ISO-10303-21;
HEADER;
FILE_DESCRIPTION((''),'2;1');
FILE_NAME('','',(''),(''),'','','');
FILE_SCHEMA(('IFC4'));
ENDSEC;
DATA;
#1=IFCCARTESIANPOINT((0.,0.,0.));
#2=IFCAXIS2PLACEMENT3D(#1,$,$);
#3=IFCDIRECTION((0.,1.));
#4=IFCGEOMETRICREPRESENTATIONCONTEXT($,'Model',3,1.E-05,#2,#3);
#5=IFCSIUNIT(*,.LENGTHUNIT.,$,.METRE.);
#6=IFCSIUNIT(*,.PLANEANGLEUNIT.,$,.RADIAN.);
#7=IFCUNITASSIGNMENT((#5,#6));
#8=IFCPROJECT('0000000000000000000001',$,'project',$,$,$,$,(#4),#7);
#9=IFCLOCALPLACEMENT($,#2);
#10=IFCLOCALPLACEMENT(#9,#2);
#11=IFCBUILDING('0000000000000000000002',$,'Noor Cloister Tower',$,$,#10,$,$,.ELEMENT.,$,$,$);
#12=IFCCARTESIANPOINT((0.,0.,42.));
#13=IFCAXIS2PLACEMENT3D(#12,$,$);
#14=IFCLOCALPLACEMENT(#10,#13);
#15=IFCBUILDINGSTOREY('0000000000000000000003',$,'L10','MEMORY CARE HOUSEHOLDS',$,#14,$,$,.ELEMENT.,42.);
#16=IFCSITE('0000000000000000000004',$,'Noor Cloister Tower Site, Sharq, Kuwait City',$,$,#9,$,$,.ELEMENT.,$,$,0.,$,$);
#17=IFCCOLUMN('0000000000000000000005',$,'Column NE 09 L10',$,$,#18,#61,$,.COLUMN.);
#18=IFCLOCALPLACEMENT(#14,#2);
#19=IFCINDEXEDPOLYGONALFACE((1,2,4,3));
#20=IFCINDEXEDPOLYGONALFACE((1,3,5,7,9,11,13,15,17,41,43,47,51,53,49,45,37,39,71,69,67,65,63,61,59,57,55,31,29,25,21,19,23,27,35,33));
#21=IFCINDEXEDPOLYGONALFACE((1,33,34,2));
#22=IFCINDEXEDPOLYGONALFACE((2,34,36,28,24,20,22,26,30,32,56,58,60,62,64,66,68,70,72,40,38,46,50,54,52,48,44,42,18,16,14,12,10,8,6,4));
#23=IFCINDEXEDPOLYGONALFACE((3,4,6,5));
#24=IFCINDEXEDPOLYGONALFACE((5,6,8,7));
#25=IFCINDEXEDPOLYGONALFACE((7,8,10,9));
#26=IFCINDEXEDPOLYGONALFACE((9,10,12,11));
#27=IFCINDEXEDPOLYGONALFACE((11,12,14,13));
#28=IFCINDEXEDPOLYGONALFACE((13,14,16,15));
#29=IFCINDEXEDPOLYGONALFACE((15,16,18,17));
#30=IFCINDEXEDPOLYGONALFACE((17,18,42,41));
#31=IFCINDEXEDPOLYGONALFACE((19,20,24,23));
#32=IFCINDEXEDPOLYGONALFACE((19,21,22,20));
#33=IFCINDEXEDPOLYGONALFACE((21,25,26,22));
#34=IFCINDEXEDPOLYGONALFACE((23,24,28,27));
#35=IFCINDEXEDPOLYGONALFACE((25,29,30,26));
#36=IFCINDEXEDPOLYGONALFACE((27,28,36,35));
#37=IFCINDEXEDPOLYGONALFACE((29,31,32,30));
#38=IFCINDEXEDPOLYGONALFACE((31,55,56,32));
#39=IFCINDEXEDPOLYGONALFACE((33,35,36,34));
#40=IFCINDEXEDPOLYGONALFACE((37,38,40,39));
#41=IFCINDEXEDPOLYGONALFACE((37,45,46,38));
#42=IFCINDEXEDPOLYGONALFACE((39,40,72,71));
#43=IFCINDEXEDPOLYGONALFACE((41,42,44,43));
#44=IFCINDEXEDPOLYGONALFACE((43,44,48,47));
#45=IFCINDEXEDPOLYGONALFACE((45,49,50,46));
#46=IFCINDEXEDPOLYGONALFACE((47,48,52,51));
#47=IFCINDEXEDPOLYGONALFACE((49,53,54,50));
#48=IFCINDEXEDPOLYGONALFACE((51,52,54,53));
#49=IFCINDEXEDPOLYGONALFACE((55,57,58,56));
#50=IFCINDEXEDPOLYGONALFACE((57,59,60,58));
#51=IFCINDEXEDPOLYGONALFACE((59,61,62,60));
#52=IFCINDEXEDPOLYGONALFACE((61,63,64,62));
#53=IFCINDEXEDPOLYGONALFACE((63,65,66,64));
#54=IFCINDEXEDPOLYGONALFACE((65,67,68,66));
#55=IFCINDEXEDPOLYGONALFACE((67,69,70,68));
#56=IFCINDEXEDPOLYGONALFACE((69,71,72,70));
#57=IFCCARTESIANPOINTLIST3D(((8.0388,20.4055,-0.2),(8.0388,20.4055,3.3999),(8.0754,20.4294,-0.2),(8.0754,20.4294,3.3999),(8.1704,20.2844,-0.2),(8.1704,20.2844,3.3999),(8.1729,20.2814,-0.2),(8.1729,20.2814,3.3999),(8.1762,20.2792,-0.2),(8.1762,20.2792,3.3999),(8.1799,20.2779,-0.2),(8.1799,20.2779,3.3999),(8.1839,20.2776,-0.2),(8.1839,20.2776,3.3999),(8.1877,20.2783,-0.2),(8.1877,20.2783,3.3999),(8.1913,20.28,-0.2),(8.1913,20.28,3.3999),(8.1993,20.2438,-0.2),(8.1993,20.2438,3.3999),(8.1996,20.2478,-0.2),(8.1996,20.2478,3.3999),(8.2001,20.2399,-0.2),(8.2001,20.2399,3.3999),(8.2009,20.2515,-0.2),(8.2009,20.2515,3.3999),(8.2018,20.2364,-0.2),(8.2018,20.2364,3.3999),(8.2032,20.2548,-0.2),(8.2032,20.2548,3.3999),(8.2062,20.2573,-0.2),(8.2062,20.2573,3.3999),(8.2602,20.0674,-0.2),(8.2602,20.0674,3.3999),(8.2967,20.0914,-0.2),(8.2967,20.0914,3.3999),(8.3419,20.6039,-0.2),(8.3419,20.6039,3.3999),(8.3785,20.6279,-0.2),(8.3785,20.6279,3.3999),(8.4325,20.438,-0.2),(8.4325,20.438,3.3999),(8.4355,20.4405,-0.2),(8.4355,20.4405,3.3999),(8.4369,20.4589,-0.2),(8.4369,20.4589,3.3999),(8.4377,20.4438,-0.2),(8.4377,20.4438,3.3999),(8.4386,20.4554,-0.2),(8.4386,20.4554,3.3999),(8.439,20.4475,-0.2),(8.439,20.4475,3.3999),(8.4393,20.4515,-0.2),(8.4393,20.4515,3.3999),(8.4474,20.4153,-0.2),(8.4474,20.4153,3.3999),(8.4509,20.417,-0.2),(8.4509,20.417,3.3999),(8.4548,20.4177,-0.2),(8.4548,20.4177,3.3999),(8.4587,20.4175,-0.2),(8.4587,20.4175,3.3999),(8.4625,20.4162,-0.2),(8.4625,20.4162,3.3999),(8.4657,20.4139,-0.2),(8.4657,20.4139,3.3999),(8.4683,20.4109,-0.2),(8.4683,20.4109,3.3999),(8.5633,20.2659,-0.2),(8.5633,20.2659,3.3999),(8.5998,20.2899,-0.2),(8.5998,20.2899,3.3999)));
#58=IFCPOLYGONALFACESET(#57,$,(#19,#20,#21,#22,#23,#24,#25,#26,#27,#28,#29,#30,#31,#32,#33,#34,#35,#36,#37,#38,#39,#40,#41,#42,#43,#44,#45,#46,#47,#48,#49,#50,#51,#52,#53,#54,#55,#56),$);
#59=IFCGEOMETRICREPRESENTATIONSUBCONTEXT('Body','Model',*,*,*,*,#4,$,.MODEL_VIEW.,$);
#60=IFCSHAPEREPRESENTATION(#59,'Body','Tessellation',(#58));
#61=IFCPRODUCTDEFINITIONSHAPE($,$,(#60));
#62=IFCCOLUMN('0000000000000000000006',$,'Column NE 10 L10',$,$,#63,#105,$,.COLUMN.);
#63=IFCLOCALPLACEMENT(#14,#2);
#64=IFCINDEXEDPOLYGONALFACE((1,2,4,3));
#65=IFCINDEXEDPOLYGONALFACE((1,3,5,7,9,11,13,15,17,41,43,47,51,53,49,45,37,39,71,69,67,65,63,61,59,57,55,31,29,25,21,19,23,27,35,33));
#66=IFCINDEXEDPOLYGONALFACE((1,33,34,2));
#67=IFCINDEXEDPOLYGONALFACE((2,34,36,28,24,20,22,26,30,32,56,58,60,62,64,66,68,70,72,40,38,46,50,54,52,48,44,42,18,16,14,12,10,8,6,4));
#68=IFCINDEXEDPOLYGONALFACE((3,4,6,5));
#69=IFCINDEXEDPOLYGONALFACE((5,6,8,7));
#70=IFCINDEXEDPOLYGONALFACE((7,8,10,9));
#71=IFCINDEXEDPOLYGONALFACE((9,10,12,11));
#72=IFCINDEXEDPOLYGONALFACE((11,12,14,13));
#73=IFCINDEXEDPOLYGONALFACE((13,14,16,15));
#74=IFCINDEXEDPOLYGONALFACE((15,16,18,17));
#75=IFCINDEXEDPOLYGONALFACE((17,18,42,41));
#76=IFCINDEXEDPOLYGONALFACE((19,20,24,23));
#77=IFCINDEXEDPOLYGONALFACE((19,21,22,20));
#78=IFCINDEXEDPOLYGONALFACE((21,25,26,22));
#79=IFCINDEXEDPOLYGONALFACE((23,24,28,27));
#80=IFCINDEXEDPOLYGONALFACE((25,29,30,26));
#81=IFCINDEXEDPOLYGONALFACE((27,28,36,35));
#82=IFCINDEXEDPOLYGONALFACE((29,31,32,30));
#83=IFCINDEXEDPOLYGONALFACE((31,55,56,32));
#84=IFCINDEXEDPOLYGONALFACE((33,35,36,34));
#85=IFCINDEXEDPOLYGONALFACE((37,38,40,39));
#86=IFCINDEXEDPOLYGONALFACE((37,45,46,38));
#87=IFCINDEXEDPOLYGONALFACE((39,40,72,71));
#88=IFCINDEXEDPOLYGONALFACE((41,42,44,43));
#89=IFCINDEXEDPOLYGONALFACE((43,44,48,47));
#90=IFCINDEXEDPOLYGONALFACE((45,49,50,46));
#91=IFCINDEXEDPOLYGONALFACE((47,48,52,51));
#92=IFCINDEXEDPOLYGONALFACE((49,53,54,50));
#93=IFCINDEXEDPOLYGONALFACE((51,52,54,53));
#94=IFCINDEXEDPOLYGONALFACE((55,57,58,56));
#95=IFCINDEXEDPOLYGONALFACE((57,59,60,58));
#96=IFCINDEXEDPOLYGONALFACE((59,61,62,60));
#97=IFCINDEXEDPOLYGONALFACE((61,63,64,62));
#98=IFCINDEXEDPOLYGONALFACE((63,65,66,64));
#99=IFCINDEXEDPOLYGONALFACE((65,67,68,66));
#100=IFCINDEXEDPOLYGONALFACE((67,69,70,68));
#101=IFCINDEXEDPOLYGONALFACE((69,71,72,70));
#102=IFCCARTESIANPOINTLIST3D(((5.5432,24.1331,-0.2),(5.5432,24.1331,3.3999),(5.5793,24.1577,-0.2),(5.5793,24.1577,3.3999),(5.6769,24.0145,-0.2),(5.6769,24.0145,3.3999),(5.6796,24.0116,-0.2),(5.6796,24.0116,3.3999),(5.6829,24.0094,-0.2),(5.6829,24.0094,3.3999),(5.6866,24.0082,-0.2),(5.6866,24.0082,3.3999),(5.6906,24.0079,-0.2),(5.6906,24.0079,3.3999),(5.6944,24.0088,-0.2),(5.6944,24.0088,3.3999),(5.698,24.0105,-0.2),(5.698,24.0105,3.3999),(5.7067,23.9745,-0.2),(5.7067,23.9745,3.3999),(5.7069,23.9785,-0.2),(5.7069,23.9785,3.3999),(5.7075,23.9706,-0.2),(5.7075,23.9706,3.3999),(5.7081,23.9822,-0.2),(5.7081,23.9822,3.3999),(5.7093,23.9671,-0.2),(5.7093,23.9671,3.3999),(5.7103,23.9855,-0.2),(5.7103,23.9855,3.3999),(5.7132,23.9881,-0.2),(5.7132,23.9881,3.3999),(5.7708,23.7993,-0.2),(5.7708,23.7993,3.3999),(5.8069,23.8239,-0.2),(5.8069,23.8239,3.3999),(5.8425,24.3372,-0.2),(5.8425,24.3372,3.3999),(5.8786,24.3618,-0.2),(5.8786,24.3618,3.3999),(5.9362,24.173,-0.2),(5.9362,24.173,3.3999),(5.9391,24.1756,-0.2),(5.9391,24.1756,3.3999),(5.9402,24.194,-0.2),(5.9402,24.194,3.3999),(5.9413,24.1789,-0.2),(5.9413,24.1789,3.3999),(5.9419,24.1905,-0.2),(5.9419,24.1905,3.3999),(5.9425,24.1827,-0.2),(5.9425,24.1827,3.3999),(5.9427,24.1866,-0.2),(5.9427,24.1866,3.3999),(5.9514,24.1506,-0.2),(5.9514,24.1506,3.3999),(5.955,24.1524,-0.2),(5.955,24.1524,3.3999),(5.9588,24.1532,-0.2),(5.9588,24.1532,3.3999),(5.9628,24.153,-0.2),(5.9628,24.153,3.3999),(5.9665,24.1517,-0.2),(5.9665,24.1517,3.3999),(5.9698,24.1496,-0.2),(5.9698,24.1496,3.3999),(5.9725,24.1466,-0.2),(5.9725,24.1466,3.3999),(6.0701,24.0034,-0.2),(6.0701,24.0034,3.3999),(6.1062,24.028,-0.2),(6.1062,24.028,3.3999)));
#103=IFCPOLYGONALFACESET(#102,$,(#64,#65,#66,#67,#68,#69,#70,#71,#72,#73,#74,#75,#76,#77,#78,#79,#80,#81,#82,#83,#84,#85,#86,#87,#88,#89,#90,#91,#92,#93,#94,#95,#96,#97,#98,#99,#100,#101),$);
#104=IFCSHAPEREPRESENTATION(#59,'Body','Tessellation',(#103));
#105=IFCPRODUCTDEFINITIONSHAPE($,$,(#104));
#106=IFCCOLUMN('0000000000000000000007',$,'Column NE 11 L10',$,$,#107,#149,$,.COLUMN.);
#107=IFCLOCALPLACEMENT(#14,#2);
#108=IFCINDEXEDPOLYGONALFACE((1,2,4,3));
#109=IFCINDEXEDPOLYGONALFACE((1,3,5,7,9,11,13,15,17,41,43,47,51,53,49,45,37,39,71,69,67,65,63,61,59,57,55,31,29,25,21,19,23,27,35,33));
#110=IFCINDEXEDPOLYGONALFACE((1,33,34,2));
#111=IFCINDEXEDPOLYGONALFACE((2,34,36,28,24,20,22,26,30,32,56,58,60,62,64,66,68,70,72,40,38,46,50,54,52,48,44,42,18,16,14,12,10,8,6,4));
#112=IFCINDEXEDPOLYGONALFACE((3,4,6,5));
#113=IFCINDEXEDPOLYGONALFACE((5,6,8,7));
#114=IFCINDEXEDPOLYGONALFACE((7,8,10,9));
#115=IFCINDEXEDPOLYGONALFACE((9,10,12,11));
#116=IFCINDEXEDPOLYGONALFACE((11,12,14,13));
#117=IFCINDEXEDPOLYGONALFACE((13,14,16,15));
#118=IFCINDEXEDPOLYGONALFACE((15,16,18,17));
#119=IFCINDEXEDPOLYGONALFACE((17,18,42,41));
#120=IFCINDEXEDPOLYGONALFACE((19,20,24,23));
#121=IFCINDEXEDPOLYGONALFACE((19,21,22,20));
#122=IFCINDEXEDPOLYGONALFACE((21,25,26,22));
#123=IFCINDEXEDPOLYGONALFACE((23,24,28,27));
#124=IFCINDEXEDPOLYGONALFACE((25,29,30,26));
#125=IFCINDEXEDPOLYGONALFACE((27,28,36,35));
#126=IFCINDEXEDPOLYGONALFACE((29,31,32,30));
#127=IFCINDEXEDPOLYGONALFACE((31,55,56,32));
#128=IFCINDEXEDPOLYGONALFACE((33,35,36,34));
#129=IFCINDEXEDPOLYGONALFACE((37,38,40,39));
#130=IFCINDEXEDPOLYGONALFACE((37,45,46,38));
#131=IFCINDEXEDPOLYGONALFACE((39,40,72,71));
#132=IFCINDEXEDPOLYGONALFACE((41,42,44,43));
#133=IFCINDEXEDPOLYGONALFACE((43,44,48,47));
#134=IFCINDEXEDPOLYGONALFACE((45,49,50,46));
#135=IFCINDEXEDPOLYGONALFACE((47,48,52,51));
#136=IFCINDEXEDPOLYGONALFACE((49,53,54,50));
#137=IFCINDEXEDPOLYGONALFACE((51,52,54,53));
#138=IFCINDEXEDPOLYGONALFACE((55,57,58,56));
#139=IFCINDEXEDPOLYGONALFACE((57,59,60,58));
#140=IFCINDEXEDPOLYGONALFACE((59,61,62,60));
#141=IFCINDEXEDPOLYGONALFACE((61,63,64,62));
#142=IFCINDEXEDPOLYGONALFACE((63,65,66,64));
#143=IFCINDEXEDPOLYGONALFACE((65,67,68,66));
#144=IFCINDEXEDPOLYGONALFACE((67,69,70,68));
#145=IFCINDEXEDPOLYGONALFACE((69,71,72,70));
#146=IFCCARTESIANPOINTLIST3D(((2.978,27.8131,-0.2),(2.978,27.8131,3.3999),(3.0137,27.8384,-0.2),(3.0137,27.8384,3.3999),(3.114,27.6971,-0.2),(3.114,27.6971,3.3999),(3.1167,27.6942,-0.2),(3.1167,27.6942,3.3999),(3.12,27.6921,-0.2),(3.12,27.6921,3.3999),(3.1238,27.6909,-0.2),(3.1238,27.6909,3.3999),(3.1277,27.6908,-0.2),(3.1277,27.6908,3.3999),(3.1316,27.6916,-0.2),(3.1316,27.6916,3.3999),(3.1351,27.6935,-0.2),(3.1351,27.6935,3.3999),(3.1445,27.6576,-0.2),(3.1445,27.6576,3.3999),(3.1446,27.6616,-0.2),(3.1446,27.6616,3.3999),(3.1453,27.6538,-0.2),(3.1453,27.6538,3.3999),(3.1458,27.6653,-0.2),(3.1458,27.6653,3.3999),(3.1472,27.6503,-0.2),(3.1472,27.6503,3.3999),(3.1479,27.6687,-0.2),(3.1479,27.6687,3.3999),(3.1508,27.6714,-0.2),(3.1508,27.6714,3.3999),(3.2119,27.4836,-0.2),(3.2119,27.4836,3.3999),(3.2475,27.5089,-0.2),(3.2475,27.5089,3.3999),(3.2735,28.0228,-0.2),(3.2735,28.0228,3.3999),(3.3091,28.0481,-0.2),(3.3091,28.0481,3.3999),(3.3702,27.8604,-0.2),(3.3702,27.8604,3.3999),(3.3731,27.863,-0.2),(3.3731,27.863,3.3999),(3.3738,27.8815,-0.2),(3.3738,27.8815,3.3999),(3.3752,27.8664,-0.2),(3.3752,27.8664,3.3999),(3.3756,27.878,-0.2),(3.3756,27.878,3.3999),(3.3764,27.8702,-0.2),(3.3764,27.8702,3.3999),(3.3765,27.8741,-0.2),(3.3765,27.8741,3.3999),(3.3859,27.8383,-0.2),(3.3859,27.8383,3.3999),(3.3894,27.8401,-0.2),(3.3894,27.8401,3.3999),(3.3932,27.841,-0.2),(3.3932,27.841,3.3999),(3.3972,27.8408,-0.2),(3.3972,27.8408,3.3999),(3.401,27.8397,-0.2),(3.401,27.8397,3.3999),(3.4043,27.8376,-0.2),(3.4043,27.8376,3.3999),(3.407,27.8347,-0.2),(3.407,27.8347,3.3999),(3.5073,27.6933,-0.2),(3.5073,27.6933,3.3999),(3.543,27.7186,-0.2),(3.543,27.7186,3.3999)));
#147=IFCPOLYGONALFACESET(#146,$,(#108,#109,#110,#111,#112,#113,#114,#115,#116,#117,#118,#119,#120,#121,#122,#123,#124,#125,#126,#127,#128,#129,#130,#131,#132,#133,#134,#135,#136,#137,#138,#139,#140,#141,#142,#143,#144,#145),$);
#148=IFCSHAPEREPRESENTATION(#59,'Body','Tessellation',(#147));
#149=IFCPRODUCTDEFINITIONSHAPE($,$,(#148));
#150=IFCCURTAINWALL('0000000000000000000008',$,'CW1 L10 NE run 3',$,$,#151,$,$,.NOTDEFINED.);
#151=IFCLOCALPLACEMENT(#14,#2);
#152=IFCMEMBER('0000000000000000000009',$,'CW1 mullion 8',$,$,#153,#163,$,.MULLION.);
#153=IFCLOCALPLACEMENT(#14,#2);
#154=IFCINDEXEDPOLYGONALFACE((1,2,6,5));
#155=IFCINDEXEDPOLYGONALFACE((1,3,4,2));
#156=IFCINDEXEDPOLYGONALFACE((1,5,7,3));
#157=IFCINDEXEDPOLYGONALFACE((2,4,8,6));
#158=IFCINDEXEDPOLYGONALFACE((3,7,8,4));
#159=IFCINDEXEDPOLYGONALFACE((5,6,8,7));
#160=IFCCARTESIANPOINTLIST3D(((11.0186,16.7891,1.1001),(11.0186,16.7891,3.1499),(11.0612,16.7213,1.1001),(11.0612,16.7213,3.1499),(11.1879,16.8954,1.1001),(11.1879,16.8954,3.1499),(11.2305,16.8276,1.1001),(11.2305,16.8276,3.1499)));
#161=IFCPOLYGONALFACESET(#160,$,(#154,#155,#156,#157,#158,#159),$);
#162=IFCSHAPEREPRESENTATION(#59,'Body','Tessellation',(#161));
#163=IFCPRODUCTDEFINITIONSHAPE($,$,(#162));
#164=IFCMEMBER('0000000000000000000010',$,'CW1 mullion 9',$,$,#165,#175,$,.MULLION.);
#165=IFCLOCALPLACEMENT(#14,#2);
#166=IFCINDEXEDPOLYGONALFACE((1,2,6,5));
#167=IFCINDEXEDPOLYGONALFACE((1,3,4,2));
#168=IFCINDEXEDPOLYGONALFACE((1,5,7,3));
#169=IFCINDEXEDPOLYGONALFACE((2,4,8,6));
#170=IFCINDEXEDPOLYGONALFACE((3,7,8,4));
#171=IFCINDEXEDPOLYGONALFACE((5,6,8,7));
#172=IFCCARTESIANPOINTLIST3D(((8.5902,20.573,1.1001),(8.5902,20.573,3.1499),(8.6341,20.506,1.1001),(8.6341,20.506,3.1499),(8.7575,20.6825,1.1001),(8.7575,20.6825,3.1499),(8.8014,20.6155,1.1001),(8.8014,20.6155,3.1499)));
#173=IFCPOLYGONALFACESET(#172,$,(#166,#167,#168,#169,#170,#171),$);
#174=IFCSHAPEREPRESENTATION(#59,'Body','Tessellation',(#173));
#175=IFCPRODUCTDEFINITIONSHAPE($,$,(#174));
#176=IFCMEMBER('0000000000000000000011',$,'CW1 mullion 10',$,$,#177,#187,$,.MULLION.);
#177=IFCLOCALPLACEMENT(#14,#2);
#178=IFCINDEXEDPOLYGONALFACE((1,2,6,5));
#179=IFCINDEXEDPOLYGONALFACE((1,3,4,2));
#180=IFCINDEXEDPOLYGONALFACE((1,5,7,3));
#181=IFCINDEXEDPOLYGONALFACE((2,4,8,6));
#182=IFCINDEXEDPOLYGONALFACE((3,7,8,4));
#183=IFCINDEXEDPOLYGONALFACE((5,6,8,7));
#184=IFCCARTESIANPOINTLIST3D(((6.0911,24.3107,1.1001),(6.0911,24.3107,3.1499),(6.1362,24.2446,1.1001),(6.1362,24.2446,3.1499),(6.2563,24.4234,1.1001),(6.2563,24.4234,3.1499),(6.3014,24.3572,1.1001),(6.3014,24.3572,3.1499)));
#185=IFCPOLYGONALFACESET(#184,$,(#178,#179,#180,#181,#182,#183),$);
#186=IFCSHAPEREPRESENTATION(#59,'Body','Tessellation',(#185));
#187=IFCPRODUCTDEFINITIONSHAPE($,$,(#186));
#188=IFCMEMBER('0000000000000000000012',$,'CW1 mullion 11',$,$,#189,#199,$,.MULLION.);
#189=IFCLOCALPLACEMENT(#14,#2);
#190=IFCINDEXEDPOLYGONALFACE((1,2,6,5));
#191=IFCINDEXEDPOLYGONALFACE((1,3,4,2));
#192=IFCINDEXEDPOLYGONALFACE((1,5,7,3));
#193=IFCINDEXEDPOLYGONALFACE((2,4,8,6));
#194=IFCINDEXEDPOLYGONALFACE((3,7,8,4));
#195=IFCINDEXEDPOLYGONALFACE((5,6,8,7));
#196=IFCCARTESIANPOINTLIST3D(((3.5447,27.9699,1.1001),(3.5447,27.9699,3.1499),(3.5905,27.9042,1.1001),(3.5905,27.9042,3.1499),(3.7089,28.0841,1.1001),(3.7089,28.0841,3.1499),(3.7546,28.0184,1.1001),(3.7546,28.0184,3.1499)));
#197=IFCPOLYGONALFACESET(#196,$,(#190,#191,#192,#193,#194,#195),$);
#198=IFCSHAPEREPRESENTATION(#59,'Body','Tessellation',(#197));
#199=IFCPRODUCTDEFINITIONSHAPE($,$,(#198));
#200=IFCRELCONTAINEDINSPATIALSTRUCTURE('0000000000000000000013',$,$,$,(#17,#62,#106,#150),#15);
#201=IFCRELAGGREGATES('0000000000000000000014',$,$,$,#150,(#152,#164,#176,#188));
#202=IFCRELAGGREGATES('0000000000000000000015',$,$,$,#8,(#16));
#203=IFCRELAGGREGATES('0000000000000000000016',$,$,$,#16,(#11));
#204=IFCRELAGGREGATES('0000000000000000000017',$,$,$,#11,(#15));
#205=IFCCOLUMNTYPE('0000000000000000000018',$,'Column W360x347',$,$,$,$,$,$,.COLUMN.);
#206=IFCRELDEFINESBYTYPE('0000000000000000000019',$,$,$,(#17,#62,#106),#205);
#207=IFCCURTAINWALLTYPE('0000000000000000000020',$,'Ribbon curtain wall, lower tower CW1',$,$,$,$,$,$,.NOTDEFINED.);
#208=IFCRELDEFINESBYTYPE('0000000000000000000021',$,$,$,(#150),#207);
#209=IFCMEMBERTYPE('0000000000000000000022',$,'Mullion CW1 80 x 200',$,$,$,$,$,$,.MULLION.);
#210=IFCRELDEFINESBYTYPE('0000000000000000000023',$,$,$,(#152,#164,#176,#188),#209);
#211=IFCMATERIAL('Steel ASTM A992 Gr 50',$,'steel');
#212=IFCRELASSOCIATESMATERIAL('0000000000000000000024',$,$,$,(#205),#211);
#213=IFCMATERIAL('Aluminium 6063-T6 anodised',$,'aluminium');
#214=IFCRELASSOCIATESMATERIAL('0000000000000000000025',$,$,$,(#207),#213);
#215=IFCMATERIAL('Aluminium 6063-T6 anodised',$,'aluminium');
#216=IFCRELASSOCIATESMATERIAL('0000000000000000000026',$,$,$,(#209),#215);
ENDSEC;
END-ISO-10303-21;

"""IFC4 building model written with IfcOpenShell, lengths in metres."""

from ifc_helpers import new_model, si_unit, direction, frame, origin, origin_2d, place, context, subcontext, project, spatial, rectangle, i_section, extrude, material, material_profile, profile_set, type_object, element, aggregate, save


model = new_model("IFC4")

# Units and contexts
model_context = context("Model", 3, precision=1e-05, world=origin(), true_north=direction((0.0, 1.0)))
body_context = subcontext(model_context, "Body", "Model", "MODEL_VIEW")
ifc_project = project(units=[si_unit("LENGTHUNIT", "METRE"), si_unit("PLANEANGLEUNIT", "RADIAN")], contexts=[model_context])

# Site, building, storey
site_placement = place(None, origin())
site = spatial("IfcSite", under=ifc_project, at=site_placement, Name="Noor Cloister Tower Site, Sharq, Kuwait City", CompositionType="ELEMENT", RefElevation=0.0)
building_placement = place(site_placement, origin())
building = spatial("IfcBuilding", under=site, at=building_placement, Name="Noor Cloister Tower", CompositionType="ELEMENT")
storey_placement = place(building_placement, frame((0.0, 0.0, 42.0)))
storey = spatial("IfcBuildingStorey", under=building, at=storey_placement, Name="L10", Description="MEMORY CARE HOUSEHOLDS", CompositionType="ELEMENT", Elevation=42.0)

# Columns
ifc_material_1 = material(Name="Steel ASTM A992 Gr 50", Category="steel")
ifc_material_profile_1 = material_profile(ifc_material_1, i_section(OverallWidth=0.4041, OverallDepth=0.406, WebThickness=0.0271, FlangeThickness=0.0437, FilletRadius=0.0151, at=origin_2d()), Name="W360x347")
ifc_profile_set_1 = profile_set([ifc_material_profile_1], Name="Steel ASTM A992 Gr 50")
column_type = type_object("IfcColumnType", Name="Column W360x347", PredefinedType="COLUMN", material=ifc_profile_set_1)
for number, where, z_axis, x_axis, name in (
    (1, (8.3193, 20.3477, -0.2), (0.0, 0.0, 1.0), (-0.547841, 0.836583, 0.0), "Column NE 09 L10"),
    (2, (5.8247, 24.0806, -0.2), (0.0, 0.0, 1.0), (-0.563411, 0.826177, 0.0), "Column NE 10 L10"),
    (3, (3.2605, 27.7659, -0.2), (0.0, 0.0, 1.0), (-0.578783, 0.815481, 0.0), "Column NE 11 L10"),
):
    element("IfcColumn", number, at=place(storey_placement, frame(where, z_axis=z_axis, x_axis=x_axis)), inside=storey, type_object=column_type, Name=name, PredefinedType="COLUMN", context=body_context, shape_type="SweptSolid", body=[
        extrude(i_section(OverallWidth=0.4041, OverallDepth=0.406, WebThickness=0.0271, FlangeThickness=0.0437, FilletRadius=0.0151, at=origin_2d()), origin(), (0.0, 0.0, 1.0), 3.5999),
    ])

# Curtain wall, members
ifc_material_2 = material(Name="Aluminium 6063-T6 anodised", Category="aluminium")
curtain_wall_type = type_object("IfcCurtainWallType", Name="Ribbon curtain wall, lower tower CW1", PredefinedType="NOTDEFINED", material=ifc_material_2)
curtain_wall_placement = place(storey_placement, origin())
curtain_wall = element("IfcCurtainWall", 4, at=curtain_wall_placement, inside=storey, type_object=curtain_wall_type, Name="CW1 L10 NE run 3", PredefinedType="NOTDEFINED")
ifc_material_3 = material(Name="Aluminium 6063-T6 anodised", Category="aluminium")
ifc_material_profile_2 = material_profile(ifc_material_3, rectangle(XDim=0.2, YDim=0.0801, at=origin_2d()), Name="200 x 80 mullion")
ifc_profile_set_2 = profile_set([ifc_material_profile_2], Name="Aluminium 6063-T6 anodised")
member_type = type_object("IfcMemberType", Name="Mullion CW1 80 x 200", PredefinedType="MULLION", material=ifc_profile_set_2)
member_1_placement = place(storey_placement, frame((11.1245, 16.8083, 1.1001), z_axis=(0.0, 0.0, 1.0), x_axis=(-0.846695, -0.532079, 0.0)))
member_1 = element("IfcMember", 5, at=member_1_placement, type_object=member_type, Name="CW1 mullion 8", PredefinedType="MULLION", context=body_context, shape_type="SweptSolid", body=[
    extrude(rectangle(XDim=0.2, YDim=0.0801, at=origin_2d()), origin(), (0.0, 0.0, 1.0), 2.0498),
])
member_2_placement = place(storey_placement, frame((8.6958, 20.5942, 1.1001), z_axis=(0.0, 0.0, 1.0), x_axis=(-0.836583, -0.547841, 0.0)))
member_2 = element("IfcMember", 6, at=member_2_placement, type_object=member_type, Name="CW1 mullion 9", PredefinedType="MULLION", context=body_context, shape_type="SweptSolid", body=[
    extrude(rectangle(XDim=0.2, YDim=0.0801, at=origin_2d()), origin(), (0.0, 0.0, 1.0), 2.0498),
])
member_3_placement = place(storey_placement, frame((6.1963, 24.334, 1.1001), z_axis=(0.0, 0.0, 1.0), x_axis=(-0.826177, -0.563411, 0.0)))
member_3 = element("IfcMember", 7, at=member_3_placement, type_object=member_type, Name="CW1 mullion 10", PredefinedType="MULLION", context=body_context, shape_type="SweptSolid", body=[
    extrude(rectangle(XDim=0.2, YDim=0.0801, at=origin_2d()), origin(), (0.0, 0.0, 1.0), 2.0498),
])
member_4_placement = place(storey_placement, frame((3.6497, 27.9941, 1.1001), z_axis=(0.0, 0.0, 1.0), x_axis=(-0.820865, -0.571122, 0.0)))
member_4 = element("IfcMember", 8, at=member_4_placement, type_object=member_type, Name="CW1 mullion 11", PredefinedType="MULLION", context=body_context, shape_type="SweptSolid", body=[
    extrude(rectangle(XDim=0.2, YDim=0.0801, at=origin_2d()), origin(), (0.0, 0.0, 1.0), 2.0498),
])

aggregate(curtain_wall, [member_1, member_2, member_3, member_4])

save(model, "model.ifc")
